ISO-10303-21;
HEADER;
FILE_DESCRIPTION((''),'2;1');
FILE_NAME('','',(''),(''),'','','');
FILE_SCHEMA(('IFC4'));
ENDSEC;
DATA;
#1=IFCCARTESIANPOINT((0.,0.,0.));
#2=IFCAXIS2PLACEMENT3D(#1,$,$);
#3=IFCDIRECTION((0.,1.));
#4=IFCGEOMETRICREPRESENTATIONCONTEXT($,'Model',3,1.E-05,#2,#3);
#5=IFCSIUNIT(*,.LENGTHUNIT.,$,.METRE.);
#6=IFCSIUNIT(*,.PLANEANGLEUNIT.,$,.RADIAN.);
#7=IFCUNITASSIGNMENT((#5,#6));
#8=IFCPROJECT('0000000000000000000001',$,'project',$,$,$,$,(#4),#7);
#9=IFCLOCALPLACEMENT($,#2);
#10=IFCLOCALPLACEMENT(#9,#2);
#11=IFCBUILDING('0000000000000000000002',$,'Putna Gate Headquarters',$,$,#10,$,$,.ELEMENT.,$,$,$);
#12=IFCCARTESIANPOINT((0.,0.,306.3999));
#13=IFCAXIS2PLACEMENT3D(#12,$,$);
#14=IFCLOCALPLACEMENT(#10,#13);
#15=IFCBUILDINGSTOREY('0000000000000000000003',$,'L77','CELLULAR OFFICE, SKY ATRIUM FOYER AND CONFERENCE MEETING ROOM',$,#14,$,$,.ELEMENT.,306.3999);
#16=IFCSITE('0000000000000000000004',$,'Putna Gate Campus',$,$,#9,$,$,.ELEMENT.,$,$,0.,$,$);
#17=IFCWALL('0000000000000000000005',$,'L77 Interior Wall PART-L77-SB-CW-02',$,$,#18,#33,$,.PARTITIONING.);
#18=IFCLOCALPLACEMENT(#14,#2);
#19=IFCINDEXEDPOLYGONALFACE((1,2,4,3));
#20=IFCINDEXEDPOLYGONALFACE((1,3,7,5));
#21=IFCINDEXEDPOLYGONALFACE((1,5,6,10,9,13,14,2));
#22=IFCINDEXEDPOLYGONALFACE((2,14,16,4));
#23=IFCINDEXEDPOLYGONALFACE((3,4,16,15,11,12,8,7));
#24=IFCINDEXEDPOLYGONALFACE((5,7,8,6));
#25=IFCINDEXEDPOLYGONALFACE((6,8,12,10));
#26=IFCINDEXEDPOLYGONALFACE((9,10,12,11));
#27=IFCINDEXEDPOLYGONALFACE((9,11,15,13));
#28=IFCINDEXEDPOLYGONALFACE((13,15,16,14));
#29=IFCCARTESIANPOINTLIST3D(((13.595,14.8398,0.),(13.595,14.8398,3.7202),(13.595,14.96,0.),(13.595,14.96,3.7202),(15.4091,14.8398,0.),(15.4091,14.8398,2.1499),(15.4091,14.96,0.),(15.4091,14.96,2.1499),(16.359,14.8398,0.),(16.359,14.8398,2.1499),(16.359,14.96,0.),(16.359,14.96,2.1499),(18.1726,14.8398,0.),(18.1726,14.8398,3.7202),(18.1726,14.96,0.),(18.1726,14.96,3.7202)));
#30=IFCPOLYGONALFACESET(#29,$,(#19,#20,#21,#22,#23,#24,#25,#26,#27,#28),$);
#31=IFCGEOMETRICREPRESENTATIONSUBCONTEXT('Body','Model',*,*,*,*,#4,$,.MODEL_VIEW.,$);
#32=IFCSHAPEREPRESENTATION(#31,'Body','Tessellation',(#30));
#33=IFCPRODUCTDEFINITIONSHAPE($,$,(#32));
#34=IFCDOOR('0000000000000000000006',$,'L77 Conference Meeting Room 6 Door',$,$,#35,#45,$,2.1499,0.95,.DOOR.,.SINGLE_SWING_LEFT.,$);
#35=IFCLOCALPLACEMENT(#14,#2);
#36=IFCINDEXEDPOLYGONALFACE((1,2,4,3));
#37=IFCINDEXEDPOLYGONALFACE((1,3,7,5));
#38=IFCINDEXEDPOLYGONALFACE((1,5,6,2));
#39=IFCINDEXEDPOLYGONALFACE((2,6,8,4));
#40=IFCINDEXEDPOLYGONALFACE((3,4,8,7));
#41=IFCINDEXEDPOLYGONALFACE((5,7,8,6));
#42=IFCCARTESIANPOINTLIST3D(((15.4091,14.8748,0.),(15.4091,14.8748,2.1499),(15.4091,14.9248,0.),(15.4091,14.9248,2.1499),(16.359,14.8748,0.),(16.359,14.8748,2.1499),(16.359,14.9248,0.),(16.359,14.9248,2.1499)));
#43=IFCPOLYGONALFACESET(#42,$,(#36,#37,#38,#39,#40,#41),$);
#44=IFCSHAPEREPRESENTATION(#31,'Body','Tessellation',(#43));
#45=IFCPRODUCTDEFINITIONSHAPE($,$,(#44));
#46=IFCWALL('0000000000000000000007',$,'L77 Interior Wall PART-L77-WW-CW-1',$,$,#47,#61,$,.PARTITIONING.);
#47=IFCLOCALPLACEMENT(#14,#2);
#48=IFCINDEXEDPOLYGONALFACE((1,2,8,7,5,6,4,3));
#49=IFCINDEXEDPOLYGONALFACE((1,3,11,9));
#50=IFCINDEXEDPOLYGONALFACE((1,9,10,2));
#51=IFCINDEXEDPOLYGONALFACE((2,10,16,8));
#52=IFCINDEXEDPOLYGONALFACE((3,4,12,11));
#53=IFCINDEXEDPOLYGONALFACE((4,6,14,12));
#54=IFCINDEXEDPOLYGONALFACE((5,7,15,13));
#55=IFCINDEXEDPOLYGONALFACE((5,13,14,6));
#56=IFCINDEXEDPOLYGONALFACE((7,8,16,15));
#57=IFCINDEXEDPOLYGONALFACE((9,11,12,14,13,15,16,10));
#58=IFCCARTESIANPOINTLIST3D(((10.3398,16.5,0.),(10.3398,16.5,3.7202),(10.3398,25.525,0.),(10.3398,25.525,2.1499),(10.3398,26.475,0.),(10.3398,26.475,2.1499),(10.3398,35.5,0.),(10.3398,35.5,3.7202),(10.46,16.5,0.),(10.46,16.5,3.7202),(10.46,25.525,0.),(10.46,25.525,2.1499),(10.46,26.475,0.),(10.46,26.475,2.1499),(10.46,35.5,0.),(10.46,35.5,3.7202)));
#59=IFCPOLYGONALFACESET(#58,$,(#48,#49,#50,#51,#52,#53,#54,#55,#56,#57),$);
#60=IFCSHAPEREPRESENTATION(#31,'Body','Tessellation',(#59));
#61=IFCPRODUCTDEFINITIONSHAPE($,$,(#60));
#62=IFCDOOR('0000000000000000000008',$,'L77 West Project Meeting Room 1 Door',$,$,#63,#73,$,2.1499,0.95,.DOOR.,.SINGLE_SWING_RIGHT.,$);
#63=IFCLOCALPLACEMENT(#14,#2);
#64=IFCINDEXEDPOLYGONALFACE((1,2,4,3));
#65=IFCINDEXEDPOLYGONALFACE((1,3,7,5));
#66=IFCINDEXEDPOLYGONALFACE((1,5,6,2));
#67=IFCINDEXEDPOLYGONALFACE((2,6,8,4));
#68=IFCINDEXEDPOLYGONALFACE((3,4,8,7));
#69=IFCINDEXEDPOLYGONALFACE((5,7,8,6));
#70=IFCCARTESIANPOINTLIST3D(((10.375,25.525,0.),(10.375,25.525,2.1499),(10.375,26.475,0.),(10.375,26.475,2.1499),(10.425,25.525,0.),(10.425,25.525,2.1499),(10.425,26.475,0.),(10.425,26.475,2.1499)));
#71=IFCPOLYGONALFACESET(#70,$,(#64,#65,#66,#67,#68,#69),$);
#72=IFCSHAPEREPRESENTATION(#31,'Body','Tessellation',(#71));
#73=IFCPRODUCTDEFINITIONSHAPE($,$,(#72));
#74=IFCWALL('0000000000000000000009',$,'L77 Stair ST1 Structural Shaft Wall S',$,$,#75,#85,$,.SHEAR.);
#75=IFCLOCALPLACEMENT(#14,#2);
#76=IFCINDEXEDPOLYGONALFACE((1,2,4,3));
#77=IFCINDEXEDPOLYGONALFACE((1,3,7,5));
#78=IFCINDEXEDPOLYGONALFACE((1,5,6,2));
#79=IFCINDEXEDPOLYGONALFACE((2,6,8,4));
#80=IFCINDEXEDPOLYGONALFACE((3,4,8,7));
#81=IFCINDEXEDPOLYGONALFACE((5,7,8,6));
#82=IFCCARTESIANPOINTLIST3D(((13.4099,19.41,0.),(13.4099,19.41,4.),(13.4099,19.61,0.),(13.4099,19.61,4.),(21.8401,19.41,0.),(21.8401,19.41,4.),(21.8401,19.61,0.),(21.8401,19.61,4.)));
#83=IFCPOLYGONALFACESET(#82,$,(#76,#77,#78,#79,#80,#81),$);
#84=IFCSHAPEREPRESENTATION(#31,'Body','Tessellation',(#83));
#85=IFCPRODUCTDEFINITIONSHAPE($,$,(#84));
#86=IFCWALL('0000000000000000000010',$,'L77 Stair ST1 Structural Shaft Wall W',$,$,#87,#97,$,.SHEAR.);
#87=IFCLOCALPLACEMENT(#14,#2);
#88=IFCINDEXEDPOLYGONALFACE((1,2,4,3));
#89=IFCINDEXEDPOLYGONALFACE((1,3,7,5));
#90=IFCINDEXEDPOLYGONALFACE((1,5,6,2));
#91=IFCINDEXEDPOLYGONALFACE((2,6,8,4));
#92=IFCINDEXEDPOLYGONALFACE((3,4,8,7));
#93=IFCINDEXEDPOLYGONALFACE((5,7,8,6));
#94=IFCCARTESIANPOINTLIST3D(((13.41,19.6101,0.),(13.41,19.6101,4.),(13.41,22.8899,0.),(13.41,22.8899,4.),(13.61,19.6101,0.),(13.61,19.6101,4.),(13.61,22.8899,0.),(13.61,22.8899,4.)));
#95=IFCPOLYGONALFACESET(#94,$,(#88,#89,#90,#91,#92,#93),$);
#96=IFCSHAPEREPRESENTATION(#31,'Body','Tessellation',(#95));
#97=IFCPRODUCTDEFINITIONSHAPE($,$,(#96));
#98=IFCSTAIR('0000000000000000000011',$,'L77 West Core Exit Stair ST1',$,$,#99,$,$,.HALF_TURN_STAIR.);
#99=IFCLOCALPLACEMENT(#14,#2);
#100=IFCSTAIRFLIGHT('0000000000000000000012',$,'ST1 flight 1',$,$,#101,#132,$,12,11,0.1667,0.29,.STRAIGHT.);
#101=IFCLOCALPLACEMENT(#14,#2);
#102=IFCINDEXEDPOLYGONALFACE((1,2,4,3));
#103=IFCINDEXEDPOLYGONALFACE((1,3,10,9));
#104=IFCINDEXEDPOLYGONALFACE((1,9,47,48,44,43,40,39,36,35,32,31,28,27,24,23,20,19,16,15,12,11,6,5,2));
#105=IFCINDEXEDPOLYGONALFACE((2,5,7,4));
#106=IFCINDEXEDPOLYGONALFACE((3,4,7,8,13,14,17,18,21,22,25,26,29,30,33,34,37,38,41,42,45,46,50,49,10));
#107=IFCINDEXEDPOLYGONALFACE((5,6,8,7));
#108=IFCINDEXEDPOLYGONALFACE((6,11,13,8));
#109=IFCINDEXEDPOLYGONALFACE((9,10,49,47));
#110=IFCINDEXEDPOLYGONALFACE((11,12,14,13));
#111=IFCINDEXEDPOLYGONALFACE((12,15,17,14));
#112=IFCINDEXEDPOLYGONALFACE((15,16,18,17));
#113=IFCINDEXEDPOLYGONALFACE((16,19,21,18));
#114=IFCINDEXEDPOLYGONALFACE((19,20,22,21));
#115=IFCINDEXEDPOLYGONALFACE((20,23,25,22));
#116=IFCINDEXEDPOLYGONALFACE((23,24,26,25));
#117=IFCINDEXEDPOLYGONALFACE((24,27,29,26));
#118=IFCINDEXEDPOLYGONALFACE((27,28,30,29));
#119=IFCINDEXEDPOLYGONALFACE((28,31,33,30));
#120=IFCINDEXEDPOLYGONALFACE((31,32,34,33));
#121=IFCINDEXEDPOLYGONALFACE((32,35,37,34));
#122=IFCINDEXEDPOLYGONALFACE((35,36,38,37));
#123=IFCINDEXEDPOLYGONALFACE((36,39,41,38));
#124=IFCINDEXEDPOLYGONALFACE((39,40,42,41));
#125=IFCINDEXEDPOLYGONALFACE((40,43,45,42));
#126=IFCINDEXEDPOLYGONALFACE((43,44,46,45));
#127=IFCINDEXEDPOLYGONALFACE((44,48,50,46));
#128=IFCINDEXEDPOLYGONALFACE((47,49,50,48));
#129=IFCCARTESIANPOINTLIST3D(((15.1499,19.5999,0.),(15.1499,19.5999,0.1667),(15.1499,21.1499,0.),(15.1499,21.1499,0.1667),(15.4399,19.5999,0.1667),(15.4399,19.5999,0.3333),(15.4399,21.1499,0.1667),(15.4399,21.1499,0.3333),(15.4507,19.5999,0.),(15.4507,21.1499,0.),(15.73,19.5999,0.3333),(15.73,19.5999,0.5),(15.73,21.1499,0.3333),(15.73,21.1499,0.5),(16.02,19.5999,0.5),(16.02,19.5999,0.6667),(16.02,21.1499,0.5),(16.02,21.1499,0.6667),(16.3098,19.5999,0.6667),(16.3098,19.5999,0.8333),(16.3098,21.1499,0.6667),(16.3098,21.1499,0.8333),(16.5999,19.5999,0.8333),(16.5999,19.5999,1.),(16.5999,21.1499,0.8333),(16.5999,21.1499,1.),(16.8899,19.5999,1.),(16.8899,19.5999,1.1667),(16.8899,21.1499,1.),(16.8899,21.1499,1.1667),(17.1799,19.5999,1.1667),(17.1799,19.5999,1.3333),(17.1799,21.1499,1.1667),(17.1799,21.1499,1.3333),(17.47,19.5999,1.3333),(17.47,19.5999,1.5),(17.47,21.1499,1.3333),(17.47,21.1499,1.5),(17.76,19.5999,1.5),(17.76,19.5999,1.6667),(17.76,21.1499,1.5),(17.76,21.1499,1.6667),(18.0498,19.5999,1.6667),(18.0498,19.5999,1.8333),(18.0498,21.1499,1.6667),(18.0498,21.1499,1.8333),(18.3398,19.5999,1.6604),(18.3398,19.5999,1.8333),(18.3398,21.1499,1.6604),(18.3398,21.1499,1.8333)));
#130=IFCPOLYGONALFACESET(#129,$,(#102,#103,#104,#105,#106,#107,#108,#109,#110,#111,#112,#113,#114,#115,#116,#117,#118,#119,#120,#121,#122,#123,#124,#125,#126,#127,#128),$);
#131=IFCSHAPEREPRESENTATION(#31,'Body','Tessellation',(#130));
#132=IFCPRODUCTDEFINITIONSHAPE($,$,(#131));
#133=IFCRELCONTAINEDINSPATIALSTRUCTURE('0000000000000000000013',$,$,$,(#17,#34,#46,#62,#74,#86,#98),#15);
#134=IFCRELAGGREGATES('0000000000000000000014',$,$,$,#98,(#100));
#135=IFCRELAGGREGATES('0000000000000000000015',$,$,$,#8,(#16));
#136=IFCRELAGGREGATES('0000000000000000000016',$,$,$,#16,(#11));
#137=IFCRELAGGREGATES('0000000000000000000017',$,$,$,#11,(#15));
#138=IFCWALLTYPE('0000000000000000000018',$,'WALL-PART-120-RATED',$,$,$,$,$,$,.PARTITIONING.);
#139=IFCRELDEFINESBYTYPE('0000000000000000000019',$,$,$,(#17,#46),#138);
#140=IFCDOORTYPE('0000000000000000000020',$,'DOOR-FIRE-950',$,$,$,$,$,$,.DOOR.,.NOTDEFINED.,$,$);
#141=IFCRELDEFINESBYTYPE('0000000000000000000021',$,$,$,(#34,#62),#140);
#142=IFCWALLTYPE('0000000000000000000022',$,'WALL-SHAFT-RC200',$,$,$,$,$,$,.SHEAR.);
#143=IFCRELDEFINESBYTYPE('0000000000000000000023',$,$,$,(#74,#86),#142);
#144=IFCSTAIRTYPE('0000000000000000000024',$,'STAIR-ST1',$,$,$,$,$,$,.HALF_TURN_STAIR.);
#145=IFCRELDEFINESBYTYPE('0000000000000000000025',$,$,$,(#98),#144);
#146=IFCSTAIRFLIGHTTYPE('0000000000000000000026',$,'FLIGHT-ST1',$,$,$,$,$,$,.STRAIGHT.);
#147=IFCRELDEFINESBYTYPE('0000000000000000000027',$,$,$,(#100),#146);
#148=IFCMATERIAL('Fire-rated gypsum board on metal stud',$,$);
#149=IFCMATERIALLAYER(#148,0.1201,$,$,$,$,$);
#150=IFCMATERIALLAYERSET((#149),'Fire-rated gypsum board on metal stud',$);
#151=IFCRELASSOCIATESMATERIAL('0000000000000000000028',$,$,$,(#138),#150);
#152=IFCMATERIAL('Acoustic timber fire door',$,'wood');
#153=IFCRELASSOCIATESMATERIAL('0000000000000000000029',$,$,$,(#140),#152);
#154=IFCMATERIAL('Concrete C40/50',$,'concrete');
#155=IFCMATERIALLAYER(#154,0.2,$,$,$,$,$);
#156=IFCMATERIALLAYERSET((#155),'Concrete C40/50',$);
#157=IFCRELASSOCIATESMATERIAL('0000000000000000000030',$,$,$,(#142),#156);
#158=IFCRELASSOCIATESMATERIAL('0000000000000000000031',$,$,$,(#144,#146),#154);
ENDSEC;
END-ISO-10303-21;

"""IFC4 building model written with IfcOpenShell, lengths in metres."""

from ifc_helpers import new_model, si_unit, direction, frame, frame_2d, origin, place, context, subcontext, project, spatial, polyline, rectangle, outline, extrude, material, layer, layer_set, type_object, element, fill, aggregate, save


model = new_model("IFC4")

# Units and contexts
model_context = context("Model", 3, precision=1e-05, world=origin(), true_north=direction((0.0, 1.0)))
body_context = subcontext(model_context, "Body", "Model", "MODEL_VIEW")
ifc_project = project(units=[si_unit("LENGTHUNIT", "METRE"), si_unit("PLANEANGLEUNIT", "RADIAN")], contexts=[model_context])

# Site, building, storey
site_placement = place(None, origin())
site = spatial("IfcSite", under=ifc_project, at=site_placement, Name="Putna Gate Campus", CompositionType="ELEMENT", RefElevation=0.0)
building_placement = place(site_placement, origin())
building = spatial("IfcBuilding", under=site, at=building_placement, Name="Putna Gate Headquarters", CompositionType="ELEMENT")
storey_placement = place(building_placement, frame((0.0, 0.0, 306.3999)))
storey = spatial("IfcBuildingStorey", under=building, at=storey_placement, Name="L77", Description="CELLULAR OFFICE, SKY ATRIUM FOYER AND CONFERENCE MEETING ROOM", CompositionType="ELEMENT", Elevation=306.3999)

# Walls, openings, doors
ifc_material_1 = material(Name="Fire-rated gypsum board on metal stud")
ifc_layer_1 = layer(ifc_material_1, 0.1201)
ifc_layer_set_1 = layer_set([ifc_layer_1], Name="Fire-rated gypsum board on metal stud")
wall_type_1 = type_object("IfcWallType", Name="WALL-PART-120-RATED", PredefinedType="PARTITIONING", material=ifc_layer_set_1)
ifc_material_2 = material(Name="Acoustic timber fire door", Category="wood")
door_type_1 = type_object("IfcDoorType", Name="DOOR-FIRE-950", OperationType="NOTDEFINED", PredefinedType="DOOR", material=ifc_material_2)
wall_1_placement = place(storey_placement, frame((13.595, 14.8999, 0.0), z_axis=(0.0, 0.0, 1.0), x_axis=(1.0, 0.0, 0.0)))
wall_1 = element("IfcWall", 1, at=wall_1_placement, inside=storey, type_object=wall_type_1, Name="L77 Interior Wall PART-L77-SB-CW-02", PredefinedType="PARTITIONING", context=body_context, shape_type="SweptSolid", body=[
    extrude(rectangle(XDim=4.5776, YDim=0.1201, at=frame_2d((2.2888, 0.0))), origin(), (0.0, 0.0, 1.0), 3.7202),
])
opening_1_placement = place(wall_1_placement, frame((1.814, 0.0, 0.0)))
opening_1 = element("IfcOpeningElement", 2, at=opening_1_placement, cuts=wall_1, PredefinedType="OPENING", context=body_context, shape_type="SweptSolid", body=[
    extrude(rectangle(XDim=0.95, YDim=2.1499, at=frame_2d((0.4751, 1.075))), frame((0.0, 0.0701, 0.0), z_axis=(0.0, -1.0, 0.0), x_axis=(1.0, 0.0, 0.0)), (0.0, 0.0, 1.0), 0.1401),
])
door_1_placement = place(opening_1_placement, origin())
door_1 = element("IfcDoor", 3, at=door_1_placement, inside=storey, type_object=door_type_1, Name="L77 Conference Meeting Room 6 Door", OperationType="SINGLE_SWING_LEFT", OverallHeight=2.1499, OverallWidth=0.95, PredefinedType="DOOR", context=body_context, shape_type="SweptSolid", body=[
    extrude(rectangle(XDim=0.95, YDim=2.1499, at=frame_2d((0.4751, 1.075))), frame((0.0, 0.0249, 0.0), z_axis=(0.0, -1.0, 0.0), x_axis=(1.0, 0.0, 0.0)), (0.0, 0.0, 1.0), 0.05),
])
fill(opening_1, door_1)
wall_2_placement = place(storey_placement, frame((10.3999, 16.5, 0.0), z_axis=(0.0, 0.0, 1.0), x_axis=(0.0, 1.0, 0.0)))
wall_2 = element("IfcWall", 4, at=wall_2_placement, inside=storey, type_object=wall_type_1, Name="L77 Interior Wall PART-L77-WW-CW-1", PredefinedType="PARTITIONING", context=body_context, shape_type="SweptSolid", body=[
    extrude(rectangle(XDim=19.0, YDim=0.1201, at=frame_2d((9.5, 0.0))), origin(), (0.0, 0.0, 1.0), 3.7202),
])
opening_2_placement = place(wall_2_placement, frame((9.0249, 0.0, 0.0)))
opening_2 = element("IfcOpeningElement", 5, at=opening_2_placement, cuts=wall_2, PredefinedType="OPENING", context=body_context, shape_type="SweptSolid", body=[
    extrude(rectangle(XDim=0.95, YDim=2.1499, at=frame_2d((0.4751, 1.075))), frame((0.0, 0.0701, 0.0), z_axis=(0.0, -1.0, 0.0), x_axis=(1.0, 0.0, 0.0)), (0.0, 0.0, 1.0), 0.1401),
])
door_2_placement = place(opening_2_placement, origin())
door_2 = element("IfcDoor", 6, at=door_2_placement, inside=storey, type_object=door_type_1, Name="L77 West Project Meeting Room 1 Door", OperationType="SINGLE_SWING_RIGHT", OverallHeight=2.1499, OverallWidth=0.95, PredefinedType="DOOR", context=body_context, shape_type="SweptSolid", body=[
    extrude(rectangle(XDim=0.95, YDim=2.1499, at=frame_2d((0.4751, 1.075))), frame((0.0, 0.0249, 0.0), z_axis=(0.0, -1.0, 0.0), x_axis=(1.0, 0.0, 0.0)), (0.0, 0.0, 1.0), 0.05),
])
fill(opening_2, door_2)

# Walls
ifc_material_3 = material(Name="Concrete C40/50", Category="concrete")
ifc_layer_2 = layer(ifc_material_3, 0.2)
ifc_layer_set_2 = layer_set([ifc_layer_2], Name="Concrete C40/50")
wall_type_2 = type_object("IfcWallType", Name="WALL-SHAFT-RC200", PredefinedType="SHEAR", material=ifc_layer_set_2)
wall_3_placement = place(storey_placement, frame((13.4099, 19.51, 0.0), z_axis=(0.0, 0.0, 1.0), x_axis=(1.0, 0.0, 0.0)))
element("IfcWall", 7, at=wall_3_placement, inside=storey, type_object=wall_type_2, Name="L77 Stair ST1 Structural Shaft Wall S", PredefinedType="SHEAR", context=body_context, shape_type="SweptSolid", body=[
    extrude(rectangle(XDim=8.4302, YDim=0.2, at=frame_2d((4.2151, 0.0))), origin(), (0.0, 0.0, 1.0), 4.0),
])
wall_4_placement = place(storey_placement, frame((13.51, 19.6101, 0.0), z_axis=(0.0, 0.0, 1.0), x_axis=(0.0, 1.0, 0.0)))
element("IfcWall", 8, at=wall_4_placement, inside=storey, type_object=wall_type_2, Name="L77 Stair ST1 Structural Shaft Wall W", PredefinedType="SHEAR", context=body_context, shape_type="SweptSolid", body=[
    extrude(rectangle(XDim=3.2798, YDim=0.2, at=frame_2d((1.6399, 0.0))), origin(), (0.0, 0.0, 1.0), 4.0),
])

# Stair, stair flight
stair_type = type_object("IfcStairType", Name="STAIR-ST1", PredefinedType="HALF_TURN_STAIR", material=ifc_material_3)
stair_placement = place(storey_placement, origin())
stair = element("IfcStair", 9, at=stair_placement, inside=storey, type_object=stair_type, Name="L77 West Core Exit Stair ST1", PredefinedType="HALF_TURN_STAIR")
stair_flight_type = type_object("IfcStairFlightType", Name="FLIGHT-ST1", PredefinedType="STRAIGHT", material=ifc_material_3)
stair_flight_placement = place(storey_placement, frame((15.1499, 20.375, 0.0), z_axis=(0.0, 0.0, 1.0), x_axis=(1.0, 0.0, 0.0)))
stair_flight = element("IfcStairFlight", 10, at=stair_flight_placement, type_object=stair_flight_type, Name="ST1 flight 1", NumberOfRisers=12, NumberOfTreads=11, PredefinedType="STRAIGHT", RiserHeight=0.1667, TreadLength=0.29, context=body_context, shape_type="SweptSolid", body=[
    extrude(outline(polyline([(0.0, 0.0), (0.0, 0.1667), (0.29, 0.1667), (0.29, 0.3333), (0.5801, 0.3333), (0.5801, 0.5), (0.8701, 0.5), (0.8701, 0.6667), (1.1599, 0.6667), (1.1599, 0.8333), (1.45, 0.8333), (1.45, 1.0), (1.74, 1.0), (1.74, 1.1667), (2.03, 1.1667), (2.03, 1.3333), (2.3201, 1.3333), (2.3201, 1.5), (2.6101, 1.5), (2.6101, 1.6667), (2.8999, 1.6667), (2.8999, 1.8333), (3.1899, 1.8333), (3.1899, 2.0), (3.1899, 1.6604), (0.3008, 0.0), (0.0, 0.0)])), frame((0.0, 0.7749, 0.0), z_axis=(0.0, -1.0, 0.0), x_axis=(1.0, 0.0, 0.0)), (0.0, 0.0, 1.0), 1.55),
])
aggregate(stair, [stair_flight])

save(model, "model.ifc")
